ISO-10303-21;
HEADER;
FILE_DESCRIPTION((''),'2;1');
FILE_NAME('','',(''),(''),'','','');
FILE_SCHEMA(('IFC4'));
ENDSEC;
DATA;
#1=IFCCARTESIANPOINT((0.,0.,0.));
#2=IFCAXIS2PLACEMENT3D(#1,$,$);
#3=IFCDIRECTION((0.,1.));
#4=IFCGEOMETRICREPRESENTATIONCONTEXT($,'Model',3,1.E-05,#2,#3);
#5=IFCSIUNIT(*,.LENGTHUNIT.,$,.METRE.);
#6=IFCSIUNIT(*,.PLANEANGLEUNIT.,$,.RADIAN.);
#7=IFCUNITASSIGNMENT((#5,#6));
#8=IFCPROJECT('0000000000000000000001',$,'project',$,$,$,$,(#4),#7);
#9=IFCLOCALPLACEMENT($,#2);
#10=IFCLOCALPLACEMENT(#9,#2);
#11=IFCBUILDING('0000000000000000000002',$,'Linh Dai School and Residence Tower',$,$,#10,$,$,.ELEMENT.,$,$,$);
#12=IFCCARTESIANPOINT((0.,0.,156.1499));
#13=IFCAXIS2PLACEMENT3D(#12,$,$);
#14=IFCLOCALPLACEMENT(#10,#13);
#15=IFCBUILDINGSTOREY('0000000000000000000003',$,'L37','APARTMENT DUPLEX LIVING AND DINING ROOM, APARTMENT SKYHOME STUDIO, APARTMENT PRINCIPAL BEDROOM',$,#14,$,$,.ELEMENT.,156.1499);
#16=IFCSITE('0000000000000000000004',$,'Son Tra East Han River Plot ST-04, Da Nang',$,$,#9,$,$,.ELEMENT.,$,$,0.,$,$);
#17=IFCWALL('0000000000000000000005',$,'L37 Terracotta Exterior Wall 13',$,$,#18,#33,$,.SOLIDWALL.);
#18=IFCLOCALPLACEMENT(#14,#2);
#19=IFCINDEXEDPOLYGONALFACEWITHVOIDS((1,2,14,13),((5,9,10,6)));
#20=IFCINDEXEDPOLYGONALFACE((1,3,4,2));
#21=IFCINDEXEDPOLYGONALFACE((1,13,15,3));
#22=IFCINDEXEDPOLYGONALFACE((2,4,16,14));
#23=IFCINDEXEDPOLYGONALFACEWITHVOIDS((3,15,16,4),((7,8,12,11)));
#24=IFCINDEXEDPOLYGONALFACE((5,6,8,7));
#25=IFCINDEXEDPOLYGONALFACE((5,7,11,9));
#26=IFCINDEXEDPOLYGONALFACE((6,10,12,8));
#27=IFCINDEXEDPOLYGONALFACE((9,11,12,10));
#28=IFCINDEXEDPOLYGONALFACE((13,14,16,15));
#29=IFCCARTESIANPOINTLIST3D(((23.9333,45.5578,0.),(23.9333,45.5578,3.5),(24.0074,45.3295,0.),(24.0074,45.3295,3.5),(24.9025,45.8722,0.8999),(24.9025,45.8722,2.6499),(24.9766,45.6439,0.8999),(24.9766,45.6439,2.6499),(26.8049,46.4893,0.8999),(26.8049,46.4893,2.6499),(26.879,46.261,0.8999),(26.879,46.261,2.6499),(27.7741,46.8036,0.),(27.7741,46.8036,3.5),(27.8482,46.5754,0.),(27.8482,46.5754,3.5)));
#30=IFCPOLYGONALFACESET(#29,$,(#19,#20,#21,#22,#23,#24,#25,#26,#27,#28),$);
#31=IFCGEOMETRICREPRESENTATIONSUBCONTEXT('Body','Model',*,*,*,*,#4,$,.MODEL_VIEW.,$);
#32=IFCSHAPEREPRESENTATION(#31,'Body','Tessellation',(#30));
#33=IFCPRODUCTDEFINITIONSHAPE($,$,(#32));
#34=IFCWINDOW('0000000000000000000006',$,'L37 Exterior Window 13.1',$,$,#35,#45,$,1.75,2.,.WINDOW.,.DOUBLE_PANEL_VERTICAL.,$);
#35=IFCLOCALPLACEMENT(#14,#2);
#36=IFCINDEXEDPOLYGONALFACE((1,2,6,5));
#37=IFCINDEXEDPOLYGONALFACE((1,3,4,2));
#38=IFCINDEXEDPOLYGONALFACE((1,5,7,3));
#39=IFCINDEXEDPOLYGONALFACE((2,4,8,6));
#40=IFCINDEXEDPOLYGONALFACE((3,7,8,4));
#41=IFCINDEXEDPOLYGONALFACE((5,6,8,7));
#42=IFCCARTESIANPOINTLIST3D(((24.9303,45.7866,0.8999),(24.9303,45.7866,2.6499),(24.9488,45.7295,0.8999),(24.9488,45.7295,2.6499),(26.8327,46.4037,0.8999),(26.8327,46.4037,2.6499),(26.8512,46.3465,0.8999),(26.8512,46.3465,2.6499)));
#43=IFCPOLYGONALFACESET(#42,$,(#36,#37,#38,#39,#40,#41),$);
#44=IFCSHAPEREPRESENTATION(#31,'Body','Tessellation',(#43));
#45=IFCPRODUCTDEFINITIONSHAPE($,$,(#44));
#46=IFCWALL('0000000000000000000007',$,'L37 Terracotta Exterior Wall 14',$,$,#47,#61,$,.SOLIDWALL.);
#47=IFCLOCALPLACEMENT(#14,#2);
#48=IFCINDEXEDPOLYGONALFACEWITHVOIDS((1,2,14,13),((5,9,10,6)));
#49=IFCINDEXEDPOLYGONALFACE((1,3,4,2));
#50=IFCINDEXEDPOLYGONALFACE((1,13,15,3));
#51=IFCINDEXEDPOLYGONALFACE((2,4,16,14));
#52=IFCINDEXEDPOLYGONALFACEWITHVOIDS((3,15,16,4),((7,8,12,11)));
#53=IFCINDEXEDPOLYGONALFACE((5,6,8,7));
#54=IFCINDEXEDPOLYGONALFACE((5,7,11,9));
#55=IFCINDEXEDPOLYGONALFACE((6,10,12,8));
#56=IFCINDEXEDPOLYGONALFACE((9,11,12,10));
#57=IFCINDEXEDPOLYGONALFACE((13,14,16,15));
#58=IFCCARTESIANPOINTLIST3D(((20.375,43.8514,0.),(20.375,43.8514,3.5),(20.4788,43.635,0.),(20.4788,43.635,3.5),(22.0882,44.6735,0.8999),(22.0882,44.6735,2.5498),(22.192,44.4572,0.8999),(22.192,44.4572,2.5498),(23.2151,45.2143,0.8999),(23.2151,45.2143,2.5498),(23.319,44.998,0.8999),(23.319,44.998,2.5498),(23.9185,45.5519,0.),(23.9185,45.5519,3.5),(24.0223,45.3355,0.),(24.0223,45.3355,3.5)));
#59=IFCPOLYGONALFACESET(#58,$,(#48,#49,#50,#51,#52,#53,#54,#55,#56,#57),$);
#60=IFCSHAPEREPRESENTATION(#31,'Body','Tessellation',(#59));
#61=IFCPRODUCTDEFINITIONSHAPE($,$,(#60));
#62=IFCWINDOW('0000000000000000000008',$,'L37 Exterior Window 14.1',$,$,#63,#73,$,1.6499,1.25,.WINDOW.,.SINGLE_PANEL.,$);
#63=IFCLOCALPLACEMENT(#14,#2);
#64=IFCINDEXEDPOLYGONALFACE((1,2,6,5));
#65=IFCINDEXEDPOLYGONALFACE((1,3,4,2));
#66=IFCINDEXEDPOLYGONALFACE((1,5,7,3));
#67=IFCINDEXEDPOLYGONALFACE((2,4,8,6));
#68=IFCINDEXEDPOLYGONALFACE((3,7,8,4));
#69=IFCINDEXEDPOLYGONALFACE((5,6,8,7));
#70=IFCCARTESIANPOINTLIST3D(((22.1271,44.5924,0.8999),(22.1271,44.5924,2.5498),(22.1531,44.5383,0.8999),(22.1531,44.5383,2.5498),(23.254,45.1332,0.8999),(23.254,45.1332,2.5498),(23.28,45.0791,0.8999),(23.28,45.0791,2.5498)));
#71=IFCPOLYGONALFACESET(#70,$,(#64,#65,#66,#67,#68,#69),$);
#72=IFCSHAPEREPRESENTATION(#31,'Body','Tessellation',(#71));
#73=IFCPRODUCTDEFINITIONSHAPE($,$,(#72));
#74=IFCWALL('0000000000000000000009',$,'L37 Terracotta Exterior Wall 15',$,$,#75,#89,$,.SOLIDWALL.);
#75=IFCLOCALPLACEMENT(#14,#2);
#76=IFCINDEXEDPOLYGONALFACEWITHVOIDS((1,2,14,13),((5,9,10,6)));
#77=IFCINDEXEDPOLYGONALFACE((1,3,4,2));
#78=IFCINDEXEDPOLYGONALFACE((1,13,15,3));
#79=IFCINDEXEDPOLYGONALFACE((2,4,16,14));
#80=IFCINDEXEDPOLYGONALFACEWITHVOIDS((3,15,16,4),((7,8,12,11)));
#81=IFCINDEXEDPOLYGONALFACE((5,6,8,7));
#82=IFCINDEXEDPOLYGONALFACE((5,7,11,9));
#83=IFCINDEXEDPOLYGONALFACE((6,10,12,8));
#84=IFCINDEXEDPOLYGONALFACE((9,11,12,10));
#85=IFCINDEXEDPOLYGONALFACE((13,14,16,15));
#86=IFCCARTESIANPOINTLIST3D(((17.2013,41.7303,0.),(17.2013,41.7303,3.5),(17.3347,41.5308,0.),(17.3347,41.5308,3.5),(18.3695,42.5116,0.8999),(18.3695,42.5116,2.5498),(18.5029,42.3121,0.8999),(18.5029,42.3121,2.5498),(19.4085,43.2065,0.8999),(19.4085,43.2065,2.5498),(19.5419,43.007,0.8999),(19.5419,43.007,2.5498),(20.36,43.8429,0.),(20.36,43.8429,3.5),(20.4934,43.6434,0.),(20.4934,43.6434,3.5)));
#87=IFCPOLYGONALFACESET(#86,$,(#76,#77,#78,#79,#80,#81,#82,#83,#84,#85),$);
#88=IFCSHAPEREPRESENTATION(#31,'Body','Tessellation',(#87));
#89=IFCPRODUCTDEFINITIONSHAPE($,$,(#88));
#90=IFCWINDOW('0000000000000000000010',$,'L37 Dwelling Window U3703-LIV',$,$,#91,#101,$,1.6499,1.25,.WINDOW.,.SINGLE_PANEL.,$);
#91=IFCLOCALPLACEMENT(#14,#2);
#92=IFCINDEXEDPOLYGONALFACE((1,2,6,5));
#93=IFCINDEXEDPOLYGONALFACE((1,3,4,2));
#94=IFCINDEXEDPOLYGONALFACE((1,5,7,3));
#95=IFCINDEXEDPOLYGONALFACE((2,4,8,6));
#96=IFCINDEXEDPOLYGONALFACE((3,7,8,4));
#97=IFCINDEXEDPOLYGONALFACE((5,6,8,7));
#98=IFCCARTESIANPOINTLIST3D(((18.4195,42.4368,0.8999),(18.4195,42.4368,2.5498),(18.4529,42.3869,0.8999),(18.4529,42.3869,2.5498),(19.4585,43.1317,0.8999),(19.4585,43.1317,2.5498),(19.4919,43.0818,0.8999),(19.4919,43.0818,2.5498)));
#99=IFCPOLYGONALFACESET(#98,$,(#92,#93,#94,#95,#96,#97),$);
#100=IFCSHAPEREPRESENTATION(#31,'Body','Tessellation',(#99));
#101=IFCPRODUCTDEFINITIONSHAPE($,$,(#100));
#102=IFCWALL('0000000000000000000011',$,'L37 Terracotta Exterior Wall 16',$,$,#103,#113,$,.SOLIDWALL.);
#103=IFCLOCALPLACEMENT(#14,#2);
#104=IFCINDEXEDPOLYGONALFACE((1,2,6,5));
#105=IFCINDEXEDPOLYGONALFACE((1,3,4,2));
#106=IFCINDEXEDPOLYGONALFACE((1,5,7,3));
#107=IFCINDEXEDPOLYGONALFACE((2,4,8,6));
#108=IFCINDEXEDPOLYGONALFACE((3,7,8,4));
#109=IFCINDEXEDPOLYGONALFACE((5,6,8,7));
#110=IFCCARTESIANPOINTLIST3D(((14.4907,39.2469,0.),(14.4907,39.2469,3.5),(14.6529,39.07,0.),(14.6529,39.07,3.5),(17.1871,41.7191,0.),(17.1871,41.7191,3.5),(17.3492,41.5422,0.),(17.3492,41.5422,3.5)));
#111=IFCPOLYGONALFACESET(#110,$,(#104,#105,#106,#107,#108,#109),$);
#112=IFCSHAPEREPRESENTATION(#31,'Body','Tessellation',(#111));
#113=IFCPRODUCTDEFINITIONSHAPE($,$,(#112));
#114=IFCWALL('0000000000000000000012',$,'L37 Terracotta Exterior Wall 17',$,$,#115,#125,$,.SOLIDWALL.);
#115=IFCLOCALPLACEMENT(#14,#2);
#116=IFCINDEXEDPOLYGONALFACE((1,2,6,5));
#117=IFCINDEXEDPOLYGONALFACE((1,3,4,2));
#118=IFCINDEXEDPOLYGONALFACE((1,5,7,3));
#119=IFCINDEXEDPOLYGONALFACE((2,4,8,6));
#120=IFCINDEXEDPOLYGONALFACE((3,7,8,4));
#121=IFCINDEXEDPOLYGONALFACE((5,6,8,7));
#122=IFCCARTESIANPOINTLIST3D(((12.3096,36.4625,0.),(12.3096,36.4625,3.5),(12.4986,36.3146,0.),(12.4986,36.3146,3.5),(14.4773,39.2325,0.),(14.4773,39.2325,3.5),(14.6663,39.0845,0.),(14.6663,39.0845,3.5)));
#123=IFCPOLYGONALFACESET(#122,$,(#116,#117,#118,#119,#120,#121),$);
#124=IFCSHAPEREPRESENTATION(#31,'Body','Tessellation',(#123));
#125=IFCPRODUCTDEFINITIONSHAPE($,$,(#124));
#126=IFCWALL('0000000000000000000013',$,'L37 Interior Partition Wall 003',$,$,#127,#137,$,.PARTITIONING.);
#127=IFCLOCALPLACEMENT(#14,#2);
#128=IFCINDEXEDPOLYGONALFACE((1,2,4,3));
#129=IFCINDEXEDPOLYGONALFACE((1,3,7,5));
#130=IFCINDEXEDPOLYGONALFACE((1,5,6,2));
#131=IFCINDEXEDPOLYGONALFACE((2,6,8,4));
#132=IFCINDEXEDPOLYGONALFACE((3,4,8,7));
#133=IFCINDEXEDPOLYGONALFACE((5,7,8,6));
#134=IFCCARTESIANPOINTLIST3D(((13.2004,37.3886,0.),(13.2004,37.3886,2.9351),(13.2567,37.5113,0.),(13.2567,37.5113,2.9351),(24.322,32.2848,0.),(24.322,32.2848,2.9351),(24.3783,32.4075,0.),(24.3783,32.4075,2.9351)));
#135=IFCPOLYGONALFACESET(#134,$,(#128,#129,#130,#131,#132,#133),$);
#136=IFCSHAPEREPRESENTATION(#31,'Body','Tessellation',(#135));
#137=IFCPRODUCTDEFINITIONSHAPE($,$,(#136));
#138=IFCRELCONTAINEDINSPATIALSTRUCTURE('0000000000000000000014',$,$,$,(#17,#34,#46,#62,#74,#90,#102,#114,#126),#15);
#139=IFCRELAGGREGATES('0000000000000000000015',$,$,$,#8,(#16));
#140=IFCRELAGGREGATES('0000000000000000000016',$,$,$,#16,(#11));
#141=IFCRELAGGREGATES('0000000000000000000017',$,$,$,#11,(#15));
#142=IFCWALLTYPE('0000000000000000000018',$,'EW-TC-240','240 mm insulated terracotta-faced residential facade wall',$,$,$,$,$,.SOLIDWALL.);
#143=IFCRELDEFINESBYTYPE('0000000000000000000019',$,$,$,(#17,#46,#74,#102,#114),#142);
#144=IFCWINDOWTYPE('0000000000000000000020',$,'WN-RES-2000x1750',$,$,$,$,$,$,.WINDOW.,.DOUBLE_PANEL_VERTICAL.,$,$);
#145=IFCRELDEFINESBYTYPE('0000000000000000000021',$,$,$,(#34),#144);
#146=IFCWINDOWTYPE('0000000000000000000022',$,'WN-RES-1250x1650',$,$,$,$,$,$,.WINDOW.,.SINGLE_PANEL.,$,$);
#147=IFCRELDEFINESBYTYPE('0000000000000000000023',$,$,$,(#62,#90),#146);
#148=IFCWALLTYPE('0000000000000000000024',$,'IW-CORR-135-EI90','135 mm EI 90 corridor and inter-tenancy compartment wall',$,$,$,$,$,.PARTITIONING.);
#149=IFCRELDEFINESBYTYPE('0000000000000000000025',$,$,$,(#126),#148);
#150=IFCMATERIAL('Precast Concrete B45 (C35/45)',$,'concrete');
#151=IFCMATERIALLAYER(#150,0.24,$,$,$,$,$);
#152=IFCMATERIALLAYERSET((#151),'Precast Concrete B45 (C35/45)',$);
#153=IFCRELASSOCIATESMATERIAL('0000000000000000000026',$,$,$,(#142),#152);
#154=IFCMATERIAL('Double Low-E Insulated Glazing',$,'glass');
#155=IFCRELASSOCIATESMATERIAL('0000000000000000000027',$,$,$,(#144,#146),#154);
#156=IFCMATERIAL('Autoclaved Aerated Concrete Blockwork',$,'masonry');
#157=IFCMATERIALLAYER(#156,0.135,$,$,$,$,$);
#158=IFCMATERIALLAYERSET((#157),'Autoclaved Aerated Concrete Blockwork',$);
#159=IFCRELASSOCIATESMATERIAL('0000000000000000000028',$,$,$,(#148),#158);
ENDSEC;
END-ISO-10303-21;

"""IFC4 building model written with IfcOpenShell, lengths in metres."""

from ifc_helpers import new_model, si_unit, direction, frame, frame_2d, origin, origin_2d, place, context, subcontext, project, spatial, rectangle, extrude, source, transform, mapped, material, layer, layer_set, type_object, element, fill, save


model = new_model("IFC4")

# Units and contexts
model_context = context("Model", 3, precision=1e-05, world=origin(), true_north=direction((0.0, 1.0)))
body_context = subcontext(model_context, "Body", "Model", "MODEL_VIEW")
ifc_project = project(units=[si_unit("LENGTHUNIT", "METRE"), si_unit("PLANEANGLEUNIT", "RADIAN")], contexts=[model_context])

# Site, building, storey
site_placement = place(None, origin())
site = spatial("IfcSite", under=ifc_project, at=site_placement, Name="Son Tra East Han River Plot ST-04, Da Nang", CompositionType="ELEMENT", RefElevation=0.0)
building_placement = place(site_placement, origin())
building = spatial("IfcBuilding", under=site, at=building_placement, Name="Linh Dai School and Residence Tower", CompositionType="ELEMENT")
storey_placement = place(building_placement, frame((0.0, 0.0, 156.1499)))
storey = spatial("IfcBuildingStorey", under=building, at=storey_placement, Name="L37", Description="APARTMENT DUPLEX LIVING AND DINING ROOM, APARTMENT SKYHOME STUDIO, APARTMENT PRINCIPAL BEDROOM", CompositionType="ELEMENT", Elevation=156.1499)

# Shared definitions
ifc_material_1 = material(Name="Precast Concrete B45 (C35/45)", Category="concrete")

# Walls, openings, windows
ifc_layer_1 = layer(ifc_material_1, 0.24)
ifc_layer_set_1 = layer_set([ifc_layer_1], Name="Precast Concrete B45 (C35/45)")
wall_type_1 = type_object("IfcWallType", Name="EW-TC-240", Description="240 mm insulated terracotta-faced residential facade wall", PredefinedType="SOLIDWALL", material=ifc_layer_set_1)
wall_1_placement = place(storey_placement, frame((23.9702, 45.4436, 0.0), z_axis=(0.0, 0.0, 1.0), x_axis=(0.95121, 0.308545, 0.0)))
wall_1 = element("IfcWall", 1, at=wall_1_placement, inside=storey, type_object=wall_type_1, Name="L37 Terracotta Exterior Wall 13", PredefinedType="SOLIDWALL", context=body_context, shape_type="SweptSolid", body=[
    extrude(rectangle(XDim=4.0378, YDim=0.24, at=frame_2d((2.019, 0.0))), origin(), (0.0, 0.0, 1.0), 3.5),
])
opening_1_placement = place(wall_1_placement, frame((1.019, 0.0, 0.8999)))
opening_1 = element("IfcOpeningElement", 2, at=opening_1_placement, cuts=wall_1, PredefinedType="OPENING", context=body_context, shape_type="SweptSolid", body=[
    extrude(rectangle(XDim=2.0, YDim=1.75, at=origin_2d()), frame((1.0, 0.1299, 0.875), z_axis=(0.0, -1.0, 0.0), x_axis=(1.0, 0.0, 0.0)), (0.0, 0.0, 1.0), 0.26),
])
ifc_material_2 = material(Name="Double Low-E Insulated Glazing", Category="glass")
window_type_1 = type_object("IfcWindowType", Name="WN-RES-2000x1750", PartitioningType="DOUBLE_PANEL_VERTICAL", PredefinedType="WINDOW", material=ifc_material_2)
shared_shape_1 = source(origin(), body_context, "Body", "SweptSolid", [
    extrude(rectangle(XDim=2.0, YDim=1.75, at=origin_2d()), frame((1.0, 0.03, 0.875), z_axis=(0.0, -1.0, 0.0), x_axis=(1.0, 0.0, 0.0)), (0.0, 0.0, 1.0), 0.0601),
])
window_1_placement = place(opening_1_placement, origin())
window_1 = element("IfcWindow", 3, at=window_1_placement, inside=storey, type_object=window_type_1, Name="L37 Exterior Window 13.1", OverallHeight=1.75, OverallWidth=2.0, PartitioningType="DOUBLE_PANEL_VERTICAL", PredefinedType="WINDOW", context=body_context, shape_type="MappedRepresentation", body=[
    mapped(shared_shape_1, transform((0.0, 0.0, 0.0), x_axis=(1.0, 0.0, 0.0), y_axis=(0.0, 1.0, 0.0), z_axis=(0.0, 0.0, 1.0), scale=1.0)),
])
fill(opening_1, window_1)
wall_2_placement = place(storey_placement, frame((20.4268, 43.7432, 0.0), z_axis=(0.0, 0.0, 1.0), x_axis=(0.901565, 0.432644, 0.0)))
wall_2 = element("IfcWall", 4, at=wall_2_placement, inside=storey, type_object=wall_type_1, Name="L37 Terracotta Exterior Wall 14", PredefinedType="SOLIDWALL", context=body_context, shape_type="SweptSolid", body=[
    extrude(rectangle(XDim=3.9304, YDim=0.24, at=frame_2d((1.9653, 0.0))), origin(), (0.0, 0.0, 1.0), 3.5),
])
opening_2_placement = place(wall_2_placement, frame((1.9004, 0.0, 0.8999)))
opening_2 = element("IfcOpeningElement", 5, at=opening_2_placement, cuts=wall_2, PredefinedType="OPENING", context=body_context, shape_type="SweptSolid", body=[
    extrude(rectangle(XDim=1.25, YDim=1.6499, at=origin_2d()), frame((0.625, 0.1299, 0.825), z_axis=(0.0, -1.0, 0.0), x_axis=(1.0, 0.0, 0.0)), (0.0, 0.0, 1.0), 0.26),
])
window_type_2 = type_object("IfcWindowType", Name="WN-RES-1250x1650", PartitioningType="SINGLE_PANEL", PredefinedType="WINDOW", material=ifc_material_2)
shared_shape_2 = source(origin(), body_context, "Body", "SweptSolid", [
    extrude(rectangle(XDim=1.25, YDim=1.6499, at=origin_2d()), frame((0.625, 0.03, 0.825), z_axis=(0.0, -1.0, 0.0), x_axis=(1.0, 0.0, 0.0)), (0.0, 0.0, 1.0), 0.0601),
])
window_2_placement = place(opening_2_placement, origin())
window_2 = element("IfcWindow", 6, at=window_2_placement, inside=storey, type_object=window_type_2, Name="L37 Exterior Window 14.1", OverallHeight=1.6499, OverallWidth=1.25, PartitioningType="SINGLE_PANEL", PredefinedType="WINDOW", context=body_context, shape_type="MappedRepresentation", body=[
    mapped(shared_shape_2, transform((0.0, 0.0, 0.0), x_axis=(1.0, 0.0, 0.0), y_axis=(0.0, 1.0, 0.0), z_axis=(0.0, 0.0, 1.0), scale=1.0)),
])
fill(opening_2, window_2)
wall_3_placement = place(storey_placement, frame((17.2681, 41.6306, 0.0), z_axis=(0.0, 0.0, 1.0), x_axis=(0.831229, 0.55593, 0.0)))
wall_3 = element("IfcWall", 7, at=wall_3_placement, inside=storey, type_object=wall_type_1, Name="L37 Terracotta Exterior Wall 15", PredefinedType="SOLIDWALL", context=body_context, shape_type="SweptSolid", body=[
    extrude(rectangle(XDim=3.8, YDim=0.24, at=frame_2d((1.8999, 0.0))), origin(), (0.0, 0.0, 1.0), 3.5),
])
opening_3_placement = place(wall_3_placement, frame((1.4053, 0.0, 0.8999)))
opening_3 = element("IfcOpeningElement", 8, at=opening_3_placement, cuts=wall_3, PredefinedType="OPENING", context=body_context, shape_type="SweptSolid", body=[
    extrude(rectangle(XDim=1.25, YDim=1.6499, at=origin_2d()), frame((0.625, 0.1299, 0.825), z_axis=(0.0, -1.0, 0.0), x_axis=(1.0, 0.0, 0.0)), (0.0, 0.0, 1.0), 0.26),
])
window_3_placement = place(opening_3_placement, origin())
window_3 = element("IfcWindow", 9, at=window_3_placement, inside=storey, type_object=window_type_2, Name="L37 Dwelling Window U3703-LIV", OverallHeight=1.6499, OverallWidth=1.25, PartitioningType="SINGLE_PANEL", PredefinedType="WINDOW", context=body_context, shape_type="MappedRepresentation", body=[
    mapped(shared_shape_2, transform((0.0, 0.0, 0.0), x_axis=(1.0, 0.0, 0.0), y_axis=(0.0, 1.0, 0.0), z_axis=(0.0, 0.0, 1.0), scale=1.0)),
])
fill(opening_3, window_3)

# Walls
wall_4_placement = place(storey_placement, frame((14.5718, 39.1584, 0.0), z_axis=(0.0, 0.0, 1.0), x_axis=(0.737077, 0.675809, 0.0)))
element("IfcWall", 10, at=wall_4_placement, inside=storey, type_object=wall_type_1, Name="L37 Terracotta Exterior Wall 16", PredefinedType="SOLIDWALL", context=body_context, shape_type="SweptSolid", body=[
    extrude(rectangle(XDim=3.6582, YDim=0.24, at=frame_2d((1.8291, 0.0))), origin(), (0.0, 0.0, 1.0), 3.5),
])
wall_5_placement = place(storey_placement, frame((12.4041, 36.3884, 0.0), z_axis=(0.0, 0.0, 1.0), x_axis=(0.616288, 0.787521, 0.0)))
element("IfcWall", 11, at=wall_5_placement, inside=storey, type_object=wall_type_1, Name="L37 Terracotta Exterior Wall 17", PredefinedType="SOLIDWALL", context=body_context, shape_type="SweptSolid", body=[
    extrude(rectangle(XDim=3.5173, YDim=0.24, at=frame_2d((1.7588, 0.0))), origin(), (0.0, 0.0, 1.0), 3.5),
])
ifc_material_3 = material(Name="Autoclaved Aerated Concrete Blockwork", Category="masonry")
ifc_layer_2 = layer(ifc_material_3, 0.135)
ifc_layer_set_2 = layer_set([ifc_layer_2], Name="Autoclaved Aerated Concrete Blockwork")
wall_type_2 = type_object("IfcWallType", Name="IW-CORR-135-EI90", Description="135 mm EI 90 corridor and inter-tenancy compartment wall", PredefinedType="PARTITIONING", material=ifc_layer_set_2)
wall_6_placement = place(storey_placement, frame((13.2285, 37.45, 0.0), z_axis=(0.0, 0.0, 1.0), x_axis=(0.908868, -0.417085, 0.0)))
element("IfcWall", 12, at=wall_6_placement, inside=storey, type_object=wall_type_2, Name="L37 Interior Partition Wall 003", PredefinedType="PARTITIONING", context=body_context, shape_type="SweptSolid", body=[
    extrude(rectangle(XDim=12.2368, YDim=0.135, at=frame_2d((6.1184, 0.0))), origin(), (0.0, 0.0, 1.0), 2.9351),
])

save(model, "model.ifc")
